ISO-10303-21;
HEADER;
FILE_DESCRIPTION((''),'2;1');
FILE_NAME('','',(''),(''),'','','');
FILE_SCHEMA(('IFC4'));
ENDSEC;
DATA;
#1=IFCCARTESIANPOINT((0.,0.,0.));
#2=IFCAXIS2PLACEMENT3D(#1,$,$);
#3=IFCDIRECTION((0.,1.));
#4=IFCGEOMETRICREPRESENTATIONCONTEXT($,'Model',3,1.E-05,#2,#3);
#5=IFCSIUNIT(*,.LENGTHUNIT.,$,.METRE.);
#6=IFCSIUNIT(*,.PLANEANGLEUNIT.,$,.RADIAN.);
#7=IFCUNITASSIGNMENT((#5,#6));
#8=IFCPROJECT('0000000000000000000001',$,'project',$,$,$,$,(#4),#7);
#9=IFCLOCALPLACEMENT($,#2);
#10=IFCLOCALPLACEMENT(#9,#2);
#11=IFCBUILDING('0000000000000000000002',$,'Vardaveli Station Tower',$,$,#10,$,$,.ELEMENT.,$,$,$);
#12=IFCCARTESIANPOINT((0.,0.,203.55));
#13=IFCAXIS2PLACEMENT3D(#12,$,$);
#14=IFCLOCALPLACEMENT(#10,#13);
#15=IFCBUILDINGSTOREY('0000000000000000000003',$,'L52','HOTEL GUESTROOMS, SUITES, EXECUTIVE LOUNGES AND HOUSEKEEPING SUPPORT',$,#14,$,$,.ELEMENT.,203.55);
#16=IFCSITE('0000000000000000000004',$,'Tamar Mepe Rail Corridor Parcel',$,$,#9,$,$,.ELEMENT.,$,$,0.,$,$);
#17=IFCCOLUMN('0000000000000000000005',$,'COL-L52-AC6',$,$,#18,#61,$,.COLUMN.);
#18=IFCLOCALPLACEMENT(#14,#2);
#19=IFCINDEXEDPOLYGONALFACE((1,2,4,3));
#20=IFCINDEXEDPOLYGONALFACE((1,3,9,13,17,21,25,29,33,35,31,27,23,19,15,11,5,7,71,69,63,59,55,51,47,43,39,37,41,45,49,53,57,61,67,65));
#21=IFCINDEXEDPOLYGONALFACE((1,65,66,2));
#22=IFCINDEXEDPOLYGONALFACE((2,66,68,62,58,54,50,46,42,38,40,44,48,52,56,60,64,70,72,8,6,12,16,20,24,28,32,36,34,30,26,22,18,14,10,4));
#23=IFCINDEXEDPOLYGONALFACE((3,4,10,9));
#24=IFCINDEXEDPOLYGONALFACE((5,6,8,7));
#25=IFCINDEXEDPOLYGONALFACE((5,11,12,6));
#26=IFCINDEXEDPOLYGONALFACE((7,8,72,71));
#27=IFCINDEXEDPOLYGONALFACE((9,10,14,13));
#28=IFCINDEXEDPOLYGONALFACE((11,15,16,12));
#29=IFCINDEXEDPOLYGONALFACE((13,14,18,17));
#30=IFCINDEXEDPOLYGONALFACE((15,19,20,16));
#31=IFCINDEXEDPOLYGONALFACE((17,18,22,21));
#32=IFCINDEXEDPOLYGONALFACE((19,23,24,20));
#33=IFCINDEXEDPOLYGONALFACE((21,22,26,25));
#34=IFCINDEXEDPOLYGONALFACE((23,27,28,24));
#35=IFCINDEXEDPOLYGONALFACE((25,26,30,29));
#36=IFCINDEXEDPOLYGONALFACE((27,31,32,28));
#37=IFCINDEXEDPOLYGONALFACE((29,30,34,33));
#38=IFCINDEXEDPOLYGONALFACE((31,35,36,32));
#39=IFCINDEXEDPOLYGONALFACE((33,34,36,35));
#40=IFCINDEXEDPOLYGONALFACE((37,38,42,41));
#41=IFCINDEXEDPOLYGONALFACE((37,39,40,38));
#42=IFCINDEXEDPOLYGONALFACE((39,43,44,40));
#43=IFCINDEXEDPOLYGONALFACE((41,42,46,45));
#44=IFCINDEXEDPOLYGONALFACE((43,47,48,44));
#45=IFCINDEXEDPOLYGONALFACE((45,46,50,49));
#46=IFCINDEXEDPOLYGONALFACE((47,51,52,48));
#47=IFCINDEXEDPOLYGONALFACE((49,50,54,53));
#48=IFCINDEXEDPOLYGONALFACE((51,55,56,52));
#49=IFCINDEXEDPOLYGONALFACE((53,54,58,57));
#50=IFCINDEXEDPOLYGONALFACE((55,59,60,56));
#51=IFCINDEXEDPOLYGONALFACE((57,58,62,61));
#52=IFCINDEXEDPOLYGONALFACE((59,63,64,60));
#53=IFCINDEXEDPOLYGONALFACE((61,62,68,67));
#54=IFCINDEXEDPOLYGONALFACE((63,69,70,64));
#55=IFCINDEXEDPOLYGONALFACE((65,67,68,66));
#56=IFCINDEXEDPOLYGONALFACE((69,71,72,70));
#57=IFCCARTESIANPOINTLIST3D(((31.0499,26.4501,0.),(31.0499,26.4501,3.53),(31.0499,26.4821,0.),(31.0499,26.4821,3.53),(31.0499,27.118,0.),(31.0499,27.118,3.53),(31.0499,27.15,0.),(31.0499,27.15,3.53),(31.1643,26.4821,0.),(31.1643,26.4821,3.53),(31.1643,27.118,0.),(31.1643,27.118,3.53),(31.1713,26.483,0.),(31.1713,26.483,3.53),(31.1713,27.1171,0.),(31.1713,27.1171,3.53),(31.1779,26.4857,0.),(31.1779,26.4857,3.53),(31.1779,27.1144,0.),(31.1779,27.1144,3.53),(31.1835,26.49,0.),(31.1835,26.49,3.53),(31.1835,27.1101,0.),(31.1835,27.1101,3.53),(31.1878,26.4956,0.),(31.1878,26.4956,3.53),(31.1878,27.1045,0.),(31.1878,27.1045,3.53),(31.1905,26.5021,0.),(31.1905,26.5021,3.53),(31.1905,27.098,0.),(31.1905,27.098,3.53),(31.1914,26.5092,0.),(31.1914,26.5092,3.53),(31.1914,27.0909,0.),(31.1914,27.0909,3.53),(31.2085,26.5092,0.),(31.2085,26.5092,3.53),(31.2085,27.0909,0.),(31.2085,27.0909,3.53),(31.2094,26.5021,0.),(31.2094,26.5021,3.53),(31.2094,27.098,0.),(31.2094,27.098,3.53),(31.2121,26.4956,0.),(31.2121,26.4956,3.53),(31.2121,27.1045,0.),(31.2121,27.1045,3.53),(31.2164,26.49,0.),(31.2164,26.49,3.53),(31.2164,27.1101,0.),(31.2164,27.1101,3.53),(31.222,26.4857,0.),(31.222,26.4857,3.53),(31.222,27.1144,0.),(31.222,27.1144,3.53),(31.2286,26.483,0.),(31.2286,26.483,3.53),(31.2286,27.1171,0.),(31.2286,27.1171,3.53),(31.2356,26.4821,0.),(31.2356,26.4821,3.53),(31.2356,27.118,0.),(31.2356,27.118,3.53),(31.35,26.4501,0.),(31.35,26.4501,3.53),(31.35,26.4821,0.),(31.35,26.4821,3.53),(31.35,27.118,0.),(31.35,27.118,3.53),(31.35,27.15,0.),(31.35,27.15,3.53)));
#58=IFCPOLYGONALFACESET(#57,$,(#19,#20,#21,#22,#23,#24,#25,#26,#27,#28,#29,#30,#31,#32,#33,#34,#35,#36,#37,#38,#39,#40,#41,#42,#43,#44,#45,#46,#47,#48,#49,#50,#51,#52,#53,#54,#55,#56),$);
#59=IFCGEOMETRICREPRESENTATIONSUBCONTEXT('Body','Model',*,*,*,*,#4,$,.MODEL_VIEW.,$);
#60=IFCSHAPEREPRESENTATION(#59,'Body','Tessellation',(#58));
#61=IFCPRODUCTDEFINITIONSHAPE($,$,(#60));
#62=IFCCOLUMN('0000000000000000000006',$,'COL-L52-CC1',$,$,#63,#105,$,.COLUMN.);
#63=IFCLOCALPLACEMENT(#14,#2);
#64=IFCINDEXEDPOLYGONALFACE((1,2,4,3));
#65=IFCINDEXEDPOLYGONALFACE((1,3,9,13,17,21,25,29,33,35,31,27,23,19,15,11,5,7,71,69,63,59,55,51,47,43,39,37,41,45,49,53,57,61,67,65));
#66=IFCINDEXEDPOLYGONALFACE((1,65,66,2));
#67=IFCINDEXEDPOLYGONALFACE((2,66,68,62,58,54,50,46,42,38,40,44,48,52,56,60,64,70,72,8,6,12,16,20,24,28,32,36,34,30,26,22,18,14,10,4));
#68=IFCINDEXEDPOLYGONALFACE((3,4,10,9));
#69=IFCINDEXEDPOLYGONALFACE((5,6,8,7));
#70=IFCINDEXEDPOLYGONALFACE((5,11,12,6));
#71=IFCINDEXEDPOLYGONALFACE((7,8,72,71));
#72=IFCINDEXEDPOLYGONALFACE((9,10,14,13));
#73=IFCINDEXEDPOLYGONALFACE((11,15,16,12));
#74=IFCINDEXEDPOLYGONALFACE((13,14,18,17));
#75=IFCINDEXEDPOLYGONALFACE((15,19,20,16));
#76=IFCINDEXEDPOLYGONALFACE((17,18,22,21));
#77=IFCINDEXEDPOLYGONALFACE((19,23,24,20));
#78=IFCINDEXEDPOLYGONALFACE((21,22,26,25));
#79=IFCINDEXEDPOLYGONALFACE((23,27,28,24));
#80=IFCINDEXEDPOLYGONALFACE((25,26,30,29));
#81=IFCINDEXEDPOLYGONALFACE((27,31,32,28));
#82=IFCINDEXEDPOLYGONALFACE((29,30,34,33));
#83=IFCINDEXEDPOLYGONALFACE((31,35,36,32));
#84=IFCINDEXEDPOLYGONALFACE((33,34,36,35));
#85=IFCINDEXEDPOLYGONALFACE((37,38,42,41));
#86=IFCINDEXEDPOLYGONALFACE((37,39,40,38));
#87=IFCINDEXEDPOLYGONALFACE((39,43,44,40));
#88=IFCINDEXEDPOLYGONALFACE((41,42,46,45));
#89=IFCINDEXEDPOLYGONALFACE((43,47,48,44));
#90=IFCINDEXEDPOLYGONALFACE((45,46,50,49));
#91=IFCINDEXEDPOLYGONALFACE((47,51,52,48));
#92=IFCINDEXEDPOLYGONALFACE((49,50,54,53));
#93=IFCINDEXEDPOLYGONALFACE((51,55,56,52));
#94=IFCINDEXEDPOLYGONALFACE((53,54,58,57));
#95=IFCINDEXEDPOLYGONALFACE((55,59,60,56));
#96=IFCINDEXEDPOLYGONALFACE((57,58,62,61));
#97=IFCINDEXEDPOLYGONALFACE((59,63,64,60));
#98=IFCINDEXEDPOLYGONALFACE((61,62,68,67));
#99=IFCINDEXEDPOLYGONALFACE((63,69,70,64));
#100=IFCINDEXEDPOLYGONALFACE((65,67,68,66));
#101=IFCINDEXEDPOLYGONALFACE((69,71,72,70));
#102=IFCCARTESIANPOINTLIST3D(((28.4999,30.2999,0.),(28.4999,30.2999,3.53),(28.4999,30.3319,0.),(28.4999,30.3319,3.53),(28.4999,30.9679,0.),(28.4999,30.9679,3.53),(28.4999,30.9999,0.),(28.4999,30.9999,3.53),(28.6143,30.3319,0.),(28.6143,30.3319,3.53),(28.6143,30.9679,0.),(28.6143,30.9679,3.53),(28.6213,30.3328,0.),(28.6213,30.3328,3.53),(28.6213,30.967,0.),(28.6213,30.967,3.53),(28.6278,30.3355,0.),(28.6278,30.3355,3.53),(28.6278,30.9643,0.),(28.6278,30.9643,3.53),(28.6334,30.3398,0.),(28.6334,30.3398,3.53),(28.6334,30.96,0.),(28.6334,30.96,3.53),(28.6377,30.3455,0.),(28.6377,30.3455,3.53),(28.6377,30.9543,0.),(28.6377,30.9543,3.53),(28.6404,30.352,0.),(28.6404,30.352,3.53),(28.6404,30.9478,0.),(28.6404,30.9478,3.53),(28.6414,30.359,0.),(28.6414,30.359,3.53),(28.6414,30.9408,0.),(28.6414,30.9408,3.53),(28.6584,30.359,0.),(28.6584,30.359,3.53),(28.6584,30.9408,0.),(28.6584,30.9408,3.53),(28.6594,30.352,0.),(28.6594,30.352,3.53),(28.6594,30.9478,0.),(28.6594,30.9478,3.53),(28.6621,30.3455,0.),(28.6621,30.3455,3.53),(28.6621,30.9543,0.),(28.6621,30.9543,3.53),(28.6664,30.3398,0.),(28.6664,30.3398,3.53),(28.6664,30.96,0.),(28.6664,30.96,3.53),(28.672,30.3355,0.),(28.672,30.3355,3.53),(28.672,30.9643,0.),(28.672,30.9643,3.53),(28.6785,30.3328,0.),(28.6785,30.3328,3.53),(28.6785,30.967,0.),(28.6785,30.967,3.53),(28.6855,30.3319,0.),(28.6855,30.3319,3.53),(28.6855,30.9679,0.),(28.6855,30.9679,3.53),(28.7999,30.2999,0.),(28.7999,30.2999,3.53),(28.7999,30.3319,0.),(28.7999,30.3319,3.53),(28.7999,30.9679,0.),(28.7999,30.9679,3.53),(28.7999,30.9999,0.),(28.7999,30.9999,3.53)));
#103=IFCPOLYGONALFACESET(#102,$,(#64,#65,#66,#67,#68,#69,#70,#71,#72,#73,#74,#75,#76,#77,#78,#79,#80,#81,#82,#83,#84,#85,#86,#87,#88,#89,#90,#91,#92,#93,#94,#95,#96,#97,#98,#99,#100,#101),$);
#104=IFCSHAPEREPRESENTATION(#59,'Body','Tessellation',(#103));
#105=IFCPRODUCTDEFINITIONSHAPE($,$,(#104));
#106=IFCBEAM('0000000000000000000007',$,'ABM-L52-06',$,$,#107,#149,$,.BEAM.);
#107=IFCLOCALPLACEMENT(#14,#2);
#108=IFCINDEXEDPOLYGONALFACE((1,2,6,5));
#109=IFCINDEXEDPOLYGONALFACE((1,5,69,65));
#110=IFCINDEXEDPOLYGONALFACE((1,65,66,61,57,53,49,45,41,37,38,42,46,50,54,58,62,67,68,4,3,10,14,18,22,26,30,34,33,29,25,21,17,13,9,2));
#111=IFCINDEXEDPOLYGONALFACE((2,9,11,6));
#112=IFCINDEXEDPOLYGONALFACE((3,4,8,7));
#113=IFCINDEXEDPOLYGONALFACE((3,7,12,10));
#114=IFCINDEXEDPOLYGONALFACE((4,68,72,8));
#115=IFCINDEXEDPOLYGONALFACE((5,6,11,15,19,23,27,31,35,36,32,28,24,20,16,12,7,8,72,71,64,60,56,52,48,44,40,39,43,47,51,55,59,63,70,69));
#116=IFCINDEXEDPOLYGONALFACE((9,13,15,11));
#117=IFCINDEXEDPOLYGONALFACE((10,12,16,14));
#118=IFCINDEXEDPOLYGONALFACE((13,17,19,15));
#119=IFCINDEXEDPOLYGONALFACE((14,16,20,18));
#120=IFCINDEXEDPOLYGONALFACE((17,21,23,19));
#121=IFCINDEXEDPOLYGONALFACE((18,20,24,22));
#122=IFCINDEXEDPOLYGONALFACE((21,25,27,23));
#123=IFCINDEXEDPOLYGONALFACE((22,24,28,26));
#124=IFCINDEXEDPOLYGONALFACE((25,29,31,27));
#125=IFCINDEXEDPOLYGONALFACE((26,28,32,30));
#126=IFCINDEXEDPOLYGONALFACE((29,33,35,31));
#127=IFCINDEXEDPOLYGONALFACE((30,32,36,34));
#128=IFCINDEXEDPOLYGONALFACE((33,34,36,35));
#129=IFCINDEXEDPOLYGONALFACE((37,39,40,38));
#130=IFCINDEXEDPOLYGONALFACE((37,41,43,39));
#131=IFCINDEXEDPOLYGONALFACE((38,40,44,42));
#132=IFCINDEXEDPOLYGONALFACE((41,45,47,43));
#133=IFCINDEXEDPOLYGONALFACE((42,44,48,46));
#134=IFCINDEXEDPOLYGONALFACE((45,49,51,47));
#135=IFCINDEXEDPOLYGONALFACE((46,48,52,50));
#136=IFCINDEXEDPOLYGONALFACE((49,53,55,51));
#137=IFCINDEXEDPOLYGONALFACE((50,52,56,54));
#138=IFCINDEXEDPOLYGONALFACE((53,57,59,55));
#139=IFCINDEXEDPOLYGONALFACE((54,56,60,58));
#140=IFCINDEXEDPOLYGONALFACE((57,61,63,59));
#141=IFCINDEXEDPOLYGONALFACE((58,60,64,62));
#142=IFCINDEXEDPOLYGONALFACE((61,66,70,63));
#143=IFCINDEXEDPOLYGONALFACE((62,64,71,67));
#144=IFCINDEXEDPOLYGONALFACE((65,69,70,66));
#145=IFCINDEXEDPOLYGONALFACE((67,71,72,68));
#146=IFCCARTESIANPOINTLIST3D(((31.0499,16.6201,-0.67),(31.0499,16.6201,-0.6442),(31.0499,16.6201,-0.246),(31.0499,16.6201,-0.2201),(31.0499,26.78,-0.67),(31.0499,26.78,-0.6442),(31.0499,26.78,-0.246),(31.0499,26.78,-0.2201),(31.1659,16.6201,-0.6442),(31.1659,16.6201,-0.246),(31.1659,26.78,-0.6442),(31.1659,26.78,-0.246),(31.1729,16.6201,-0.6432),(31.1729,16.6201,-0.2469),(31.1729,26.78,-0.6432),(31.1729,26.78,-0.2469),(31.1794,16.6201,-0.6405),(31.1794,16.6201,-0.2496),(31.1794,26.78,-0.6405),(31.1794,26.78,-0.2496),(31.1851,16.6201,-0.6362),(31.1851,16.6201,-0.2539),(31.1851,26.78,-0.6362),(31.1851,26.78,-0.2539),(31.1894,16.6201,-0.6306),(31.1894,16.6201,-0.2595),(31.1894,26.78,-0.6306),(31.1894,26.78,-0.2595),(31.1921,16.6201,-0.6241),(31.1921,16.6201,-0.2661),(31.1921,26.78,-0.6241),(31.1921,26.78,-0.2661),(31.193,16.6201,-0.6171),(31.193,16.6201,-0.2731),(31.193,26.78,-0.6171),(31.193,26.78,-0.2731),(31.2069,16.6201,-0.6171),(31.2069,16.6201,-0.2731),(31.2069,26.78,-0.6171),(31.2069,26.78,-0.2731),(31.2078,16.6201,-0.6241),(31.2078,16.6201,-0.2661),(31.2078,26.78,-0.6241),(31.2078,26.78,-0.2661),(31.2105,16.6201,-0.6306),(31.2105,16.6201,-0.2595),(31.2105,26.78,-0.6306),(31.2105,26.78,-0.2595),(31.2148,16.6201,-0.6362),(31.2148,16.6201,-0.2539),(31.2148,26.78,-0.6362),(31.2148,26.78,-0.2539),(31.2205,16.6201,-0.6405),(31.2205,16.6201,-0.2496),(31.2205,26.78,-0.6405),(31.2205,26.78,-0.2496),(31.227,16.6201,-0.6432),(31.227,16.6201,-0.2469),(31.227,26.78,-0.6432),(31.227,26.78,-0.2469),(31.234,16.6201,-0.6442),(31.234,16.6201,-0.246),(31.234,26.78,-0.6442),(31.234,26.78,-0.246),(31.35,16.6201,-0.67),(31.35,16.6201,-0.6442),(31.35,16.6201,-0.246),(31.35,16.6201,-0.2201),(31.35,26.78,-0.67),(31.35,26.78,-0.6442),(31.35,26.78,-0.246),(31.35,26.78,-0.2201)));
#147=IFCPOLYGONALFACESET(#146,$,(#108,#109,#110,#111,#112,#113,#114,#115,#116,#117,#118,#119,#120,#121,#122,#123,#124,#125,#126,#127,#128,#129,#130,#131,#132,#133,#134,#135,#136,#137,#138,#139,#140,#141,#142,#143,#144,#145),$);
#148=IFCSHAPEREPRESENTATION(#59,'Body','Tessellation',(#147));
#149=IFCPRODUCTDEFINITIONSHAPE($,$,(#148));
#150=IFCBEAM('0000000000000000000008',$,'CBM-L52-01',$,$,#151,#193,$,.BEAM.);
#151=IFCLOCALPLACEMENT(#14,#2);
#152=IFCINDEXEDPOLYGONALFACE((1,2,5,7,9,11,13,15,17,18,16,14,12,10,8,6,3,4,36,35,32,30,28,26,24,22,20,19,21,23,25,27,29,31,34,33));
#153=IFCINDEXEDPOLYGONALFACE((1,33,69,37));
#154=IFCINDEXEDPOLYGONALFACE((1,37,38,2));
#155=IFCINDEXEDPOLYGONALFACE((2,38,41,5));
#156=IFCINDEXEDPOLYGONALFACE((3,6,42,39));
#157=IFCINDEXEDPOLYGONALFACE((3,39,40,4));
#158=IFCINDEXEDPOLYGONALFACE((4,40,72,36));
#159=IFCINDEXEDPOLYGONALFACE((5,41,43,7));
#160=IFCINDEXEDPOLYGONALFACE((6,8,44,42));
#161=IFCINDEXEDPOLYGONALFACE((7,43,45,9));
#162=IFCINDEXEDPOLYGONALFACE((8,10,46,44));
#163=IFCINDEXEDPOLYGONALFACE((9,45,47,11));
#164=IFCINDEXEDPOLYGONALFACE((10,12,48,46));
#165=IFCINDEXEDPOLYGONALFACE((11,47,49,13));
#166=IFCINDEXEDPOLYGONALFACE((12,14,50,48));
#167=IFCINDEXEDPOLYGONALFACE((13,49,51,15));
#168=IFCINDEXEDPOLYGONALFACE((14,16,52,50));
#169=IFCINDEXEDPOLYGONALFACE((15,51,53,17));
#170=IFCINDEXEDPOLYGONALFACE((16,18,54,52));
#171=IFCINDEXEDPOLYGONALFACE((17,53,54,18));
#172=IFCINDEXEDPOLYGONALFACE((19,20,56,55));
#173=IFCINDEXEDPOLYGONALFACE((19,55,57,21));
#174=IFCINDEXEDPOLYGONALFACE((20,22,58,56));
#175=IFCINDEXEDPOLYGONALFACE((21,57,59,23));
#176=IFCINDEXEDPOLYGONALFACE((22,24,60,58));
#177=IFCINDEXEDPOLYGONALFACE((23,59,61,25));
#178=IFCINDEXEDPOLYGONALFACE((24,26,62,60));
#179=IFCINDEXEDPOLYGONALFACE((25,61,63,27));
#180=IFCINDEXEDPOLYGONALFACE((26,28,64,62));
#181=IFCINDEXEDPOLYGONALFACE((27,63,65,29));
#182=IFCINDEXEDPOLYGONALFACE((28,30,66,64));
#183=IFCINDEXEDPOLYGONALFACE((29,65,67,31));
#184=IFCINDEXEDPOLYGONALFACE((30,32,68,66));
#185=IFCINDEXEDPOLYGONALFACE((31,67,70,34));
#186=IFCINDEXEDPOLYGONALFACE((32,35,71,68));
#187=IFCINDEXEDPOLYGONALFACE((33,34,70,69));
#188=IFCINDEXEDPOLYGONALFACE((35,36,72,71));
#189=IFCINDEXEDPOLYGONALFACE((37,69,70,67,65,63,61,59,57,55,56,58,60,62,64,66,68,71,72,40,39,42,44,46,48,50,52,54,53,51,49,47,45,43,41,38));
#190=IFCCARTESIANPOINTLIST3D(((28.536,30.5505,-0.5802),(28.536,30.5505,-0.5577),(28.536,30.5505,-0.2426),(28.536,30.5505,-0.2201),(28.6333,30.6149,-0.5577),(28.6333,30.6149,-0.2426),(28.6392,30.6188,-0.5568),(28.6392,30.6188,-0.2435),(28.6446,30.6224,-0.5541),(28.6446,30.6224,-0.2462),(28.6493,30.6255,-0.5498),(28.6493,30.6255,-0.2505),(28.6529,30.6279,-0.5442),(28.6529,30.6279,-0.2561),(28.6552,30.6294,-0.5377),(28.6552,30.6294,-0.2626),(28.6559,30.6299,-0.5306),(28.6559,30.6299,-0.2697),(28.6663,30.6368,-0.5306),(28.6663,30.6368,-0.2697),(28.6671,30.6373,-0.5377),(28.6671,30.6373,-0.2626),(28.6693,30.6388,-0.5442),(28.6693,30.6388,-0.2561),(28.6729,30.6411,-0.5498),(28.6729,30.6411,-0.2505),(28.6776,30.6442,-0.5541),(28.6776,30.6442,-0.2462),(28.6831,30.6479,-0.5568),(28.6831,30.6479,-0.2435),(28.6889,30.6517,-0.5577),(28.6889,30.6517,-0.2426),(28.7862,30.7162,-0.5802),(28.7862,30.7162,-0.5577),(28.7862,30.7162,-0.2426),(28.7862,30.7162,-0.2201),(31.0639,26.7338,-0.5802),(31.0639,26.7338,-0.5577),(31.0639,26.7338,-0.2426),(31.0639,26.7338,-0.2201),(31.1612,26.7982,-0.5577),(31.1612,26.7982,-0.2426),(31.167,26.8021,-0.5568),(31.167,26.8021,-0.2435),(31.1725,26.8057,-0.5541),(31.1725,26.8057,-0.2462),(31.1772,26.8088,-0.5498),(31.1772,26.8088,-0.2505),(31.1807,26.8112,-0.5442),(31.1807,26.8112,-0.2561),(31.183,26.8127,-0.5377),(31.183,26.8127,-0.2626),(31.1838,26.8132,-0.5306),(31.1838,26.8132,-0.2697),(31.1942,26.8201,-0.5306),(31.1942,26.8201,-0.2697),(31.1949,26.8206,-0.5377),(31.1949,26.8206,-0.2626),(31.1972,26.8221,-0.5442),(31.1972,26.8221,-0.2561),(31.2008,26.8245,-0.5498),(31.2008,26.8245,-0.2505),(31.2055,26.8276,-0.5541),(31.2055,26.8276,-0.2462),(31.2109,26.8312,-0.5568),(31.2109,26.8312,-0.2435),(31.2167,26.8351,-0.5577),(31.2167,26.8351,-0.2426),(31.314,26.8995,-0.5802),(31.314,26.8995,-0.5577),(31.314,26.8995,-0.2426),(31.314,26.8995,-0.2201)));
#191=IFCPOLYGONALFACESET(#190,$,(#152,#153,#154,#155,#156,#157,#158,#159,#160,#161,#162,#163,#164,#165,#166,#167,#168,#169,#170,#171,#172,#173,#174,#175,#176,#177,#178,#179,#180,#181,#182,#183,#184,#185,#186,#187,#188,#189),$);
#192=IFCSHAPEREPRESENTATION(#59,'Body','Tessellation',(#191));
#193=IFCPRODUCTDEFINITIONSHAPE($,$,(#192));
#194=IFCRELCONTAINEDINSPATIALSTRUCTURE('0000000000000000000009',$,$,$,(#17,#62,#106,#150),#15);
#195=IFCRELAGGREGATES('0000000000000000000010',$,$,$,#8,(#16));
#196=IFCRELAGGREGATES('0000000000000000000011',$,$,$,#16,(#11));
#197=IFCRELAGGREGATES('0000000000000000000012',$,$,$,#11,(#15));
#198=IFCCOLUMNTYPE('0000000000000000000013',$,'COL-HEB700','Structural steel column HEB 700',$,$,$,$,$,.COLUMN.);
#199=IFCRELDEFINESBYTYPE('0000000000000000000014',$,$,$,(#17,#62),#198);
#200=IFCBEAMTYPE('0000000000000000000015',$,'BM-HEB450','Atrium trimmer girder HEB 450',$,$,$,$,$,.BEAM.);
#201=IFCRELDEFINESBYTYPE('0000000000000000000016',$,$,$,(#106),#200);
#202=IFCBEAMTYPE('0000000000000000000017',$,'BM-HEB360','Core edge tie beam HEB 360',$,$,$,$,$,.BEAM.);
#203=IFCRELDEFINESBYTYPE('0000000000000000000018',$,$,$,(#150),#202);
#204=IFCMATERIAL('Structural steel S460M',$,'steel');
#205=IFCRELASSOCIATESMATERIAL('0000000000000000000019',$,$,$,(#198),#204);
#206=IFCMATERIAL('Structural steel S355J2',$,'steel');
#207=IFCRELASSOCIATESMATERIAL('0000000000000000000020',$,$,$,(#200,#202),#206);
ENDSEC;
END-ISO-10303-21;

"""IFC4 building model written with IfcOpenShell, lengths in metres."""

from ifc_helpers import new_model, si_unit, direction, frame, origin, origin_2d, place, context, subcontext, project, spatial, i_section, extrude, source, transform, mapped, material, material_profile, profile_set, type_object, element, save


model = new_model("IFC4")

# Units and contexts
model_context = context("Model", 3, precision=1e-05, world=origin(), true_north=direction((0.0, 1.0)))
body_context = subcontext(model_context, "Body", "Model", "MODEL_VIEW")
ifc_project = project(units=[si_unit("LENGTHUNIT", "METRE"), si_unit("PLANEANGLEUNIT", "RADIAN")], contexts=[model_context])

# Site, building, storey
site_placement = place(None, origin())
site = spatial("IfcSite", under=ifc_project, at=site_placement, Name="Tamar Mepe Rail Corridor Parcel", CompositionType="ELEMENT", RefElevation=0.0)
building_placement = place(site_placement, origin())
building = spatial("IfcBuilding", under=site, at=building_placement, Name="Vardaveli Station Tower", CompositionType="ELEMENT")
storey_placement = place(building_placement, frame((0.0, 0.0, 203.55)))
storey = spatial("IfcBuildingStorey", under=building, at=storey_placement, Name="L52", Description="HOTEL GUESTROOMS, SUITES, EXECUTIVE LOUNGES AND HOUSEKEEPING SUPPORT", CompositionType="ELEMENT", Elevation=203.55)

# Columns
ifc_material_1 = material(Name="Structural steel S460M", Category="steel")
ifc_material_profile_1 = material_profile(ifc_material_1, i_section(OverallWidth=0.3, OverallDepth=0.7, WebThickness=0.0171, FlangeThickness=0.032, FilletRadius=0.0271, at=origin_2d()), Name="HEB 700")
ifc_profile_set_1 = profile_set([ifc_material_profile_1], Name="Structural steel S460M")
column_type = type_object("IfcColumnType", Name="COL-HEB700", Description="Structural steel column HEB 700", PredefinedType="COLUMN", material=ifc_profile_set_1)
shared_shape_1 = source(origin(), body_context, "Body", "SweptSolid", [
    extrude(i_section(OverallWidth=0.3, OverallDepth=0.7, WebThickness=0.0171, FlangeThickness=0.032, FilletRadius=0.0271, at=origin_2d()), origin(), (0.0, 0.0, 1.0), 3.53),
])
for number, where, z_axis, x_axis, name in (
    (1, (31.2, 26.8, 0.0), (0.0, 0.0, 1.0), (1.0, 0.0, 0.0), "COL-L52-AC6"),
    (2, (28.6499, 30.6499, 0.0), (0.0, 0.0, 1.0), (1.0, 0.0, 0.0), "COL-L52-CC1"),
):
    element("IfcColumn", number, at=place(storey_placement, frame(where, z_axis=z_axis, x_axis=x_axis)), inside=storey, type_object=column_type, Name=name, PredefinedType="COLUMN", context=body_context, shape_type="MappedRepresentation", body=[
        mapped(shared_shape_1, transform((0.0, 0.0, 0.0), scale=1.0)),
    ])

# Beams
ifc_material_2 = material(Name="Structural steel S355J2", Category="steel")
ifc_material_profile_2 = material_profile(ifc_material_2, i_section(OverallWidth=0.3, OverallDepth=0.45, WebThickness=0.0139, FlangeThickness=0.0259, FilletRadius=0.0271, at=origin_2d()), Name="HEB 450")
ifc_profile_set_2 = profile_set([ifc_material_profile_2], Name="Structural steel S355J2")
beam_type_1 = type_object("IfcBeamType", Name="BM-HEB450", Description="Atrium trimmer girder HEB 450", PredefinedType="BEAM", material=ifc_profile_set_2)
shared_shape_2 = source(origin(), body_context, "Body", "SweptSolid", [
    extrude(i_section(OverallWidth=0.3, OverallDepth=0.45, WebThickness=0.0139, FlangeThickness=0.0259, FilletRadius=0.0271, at=origin_2d()), origin(), (0.0, 0.0, 1.0), 10.1599),
])
beam_1_placement = place(storey_placement, frame((31.2, 26.78, -0.4451), z_axis=(0.0, -1.0, 0.0), x_axis=(1.0, 0.0, 0.0)))
element("IfcBeam", 3, at=beam_1_placement, inside=storey, type_object=beam_type_1, Name="ABM-L52-06", PredefinedType="BEAM", context=body_context, shape_type="MappedRepresentation", body=[
    mapped(shared_shape_2, transform((0.0, 0.0, 0.0), scale=1.0)),
])
ifc_material_profile_3 = material_profile(ifc_material_2, i_section(OverallWidth=0.3, OverallDepth=0.3601, WebThickness=0.0125, FlangeThickness=0.0225, FilletRadius=0.0271, at=origin_2d()), Name="HEB 360")
ifc_profile_set_3 = profile_set([ifc_material_profile_3], Name="Structural steel S355J2")
beam_type_2 = type_object("IfcBeamType", Name="BM-HEB360", Description="Core edge tie beam HEB 360", PredefinedType="BEAM", material=ifc_profile_set_3)
shared_shape_3 = source(origin(), body_context, "Body", "SweptSolid", [
    extrude(i_section(OverallWidth=0.3, OverallDepth=0.3601, WebThickness=0.0125, FlangeThickness=0.0225, FilletRadius=0.0271, at=origin_2d()), origin(), (0.0, 0.0, 1.0), 4.5779),
])
beam_2_placement = place(storey_placement, frame((31.189, 26.8167, -0.4001), z_axis=(-0.552187, 0.83372, 0.0), x_axis=(-0.83372, -0.552187, 0.0)))
element("IfcBeam", 4, at=beam_2_placement, inside=storey, type_object=beam_type_2, Name="CBM-L52-01", PredefinedType="BEAM", context=body_context, shape_type="MappedRepresentation", body=[
    mapped(shared_shape_3, transform((0.0, 0.0, 0.0), scale=1.0)),
])

save(model, "model.ifc")
